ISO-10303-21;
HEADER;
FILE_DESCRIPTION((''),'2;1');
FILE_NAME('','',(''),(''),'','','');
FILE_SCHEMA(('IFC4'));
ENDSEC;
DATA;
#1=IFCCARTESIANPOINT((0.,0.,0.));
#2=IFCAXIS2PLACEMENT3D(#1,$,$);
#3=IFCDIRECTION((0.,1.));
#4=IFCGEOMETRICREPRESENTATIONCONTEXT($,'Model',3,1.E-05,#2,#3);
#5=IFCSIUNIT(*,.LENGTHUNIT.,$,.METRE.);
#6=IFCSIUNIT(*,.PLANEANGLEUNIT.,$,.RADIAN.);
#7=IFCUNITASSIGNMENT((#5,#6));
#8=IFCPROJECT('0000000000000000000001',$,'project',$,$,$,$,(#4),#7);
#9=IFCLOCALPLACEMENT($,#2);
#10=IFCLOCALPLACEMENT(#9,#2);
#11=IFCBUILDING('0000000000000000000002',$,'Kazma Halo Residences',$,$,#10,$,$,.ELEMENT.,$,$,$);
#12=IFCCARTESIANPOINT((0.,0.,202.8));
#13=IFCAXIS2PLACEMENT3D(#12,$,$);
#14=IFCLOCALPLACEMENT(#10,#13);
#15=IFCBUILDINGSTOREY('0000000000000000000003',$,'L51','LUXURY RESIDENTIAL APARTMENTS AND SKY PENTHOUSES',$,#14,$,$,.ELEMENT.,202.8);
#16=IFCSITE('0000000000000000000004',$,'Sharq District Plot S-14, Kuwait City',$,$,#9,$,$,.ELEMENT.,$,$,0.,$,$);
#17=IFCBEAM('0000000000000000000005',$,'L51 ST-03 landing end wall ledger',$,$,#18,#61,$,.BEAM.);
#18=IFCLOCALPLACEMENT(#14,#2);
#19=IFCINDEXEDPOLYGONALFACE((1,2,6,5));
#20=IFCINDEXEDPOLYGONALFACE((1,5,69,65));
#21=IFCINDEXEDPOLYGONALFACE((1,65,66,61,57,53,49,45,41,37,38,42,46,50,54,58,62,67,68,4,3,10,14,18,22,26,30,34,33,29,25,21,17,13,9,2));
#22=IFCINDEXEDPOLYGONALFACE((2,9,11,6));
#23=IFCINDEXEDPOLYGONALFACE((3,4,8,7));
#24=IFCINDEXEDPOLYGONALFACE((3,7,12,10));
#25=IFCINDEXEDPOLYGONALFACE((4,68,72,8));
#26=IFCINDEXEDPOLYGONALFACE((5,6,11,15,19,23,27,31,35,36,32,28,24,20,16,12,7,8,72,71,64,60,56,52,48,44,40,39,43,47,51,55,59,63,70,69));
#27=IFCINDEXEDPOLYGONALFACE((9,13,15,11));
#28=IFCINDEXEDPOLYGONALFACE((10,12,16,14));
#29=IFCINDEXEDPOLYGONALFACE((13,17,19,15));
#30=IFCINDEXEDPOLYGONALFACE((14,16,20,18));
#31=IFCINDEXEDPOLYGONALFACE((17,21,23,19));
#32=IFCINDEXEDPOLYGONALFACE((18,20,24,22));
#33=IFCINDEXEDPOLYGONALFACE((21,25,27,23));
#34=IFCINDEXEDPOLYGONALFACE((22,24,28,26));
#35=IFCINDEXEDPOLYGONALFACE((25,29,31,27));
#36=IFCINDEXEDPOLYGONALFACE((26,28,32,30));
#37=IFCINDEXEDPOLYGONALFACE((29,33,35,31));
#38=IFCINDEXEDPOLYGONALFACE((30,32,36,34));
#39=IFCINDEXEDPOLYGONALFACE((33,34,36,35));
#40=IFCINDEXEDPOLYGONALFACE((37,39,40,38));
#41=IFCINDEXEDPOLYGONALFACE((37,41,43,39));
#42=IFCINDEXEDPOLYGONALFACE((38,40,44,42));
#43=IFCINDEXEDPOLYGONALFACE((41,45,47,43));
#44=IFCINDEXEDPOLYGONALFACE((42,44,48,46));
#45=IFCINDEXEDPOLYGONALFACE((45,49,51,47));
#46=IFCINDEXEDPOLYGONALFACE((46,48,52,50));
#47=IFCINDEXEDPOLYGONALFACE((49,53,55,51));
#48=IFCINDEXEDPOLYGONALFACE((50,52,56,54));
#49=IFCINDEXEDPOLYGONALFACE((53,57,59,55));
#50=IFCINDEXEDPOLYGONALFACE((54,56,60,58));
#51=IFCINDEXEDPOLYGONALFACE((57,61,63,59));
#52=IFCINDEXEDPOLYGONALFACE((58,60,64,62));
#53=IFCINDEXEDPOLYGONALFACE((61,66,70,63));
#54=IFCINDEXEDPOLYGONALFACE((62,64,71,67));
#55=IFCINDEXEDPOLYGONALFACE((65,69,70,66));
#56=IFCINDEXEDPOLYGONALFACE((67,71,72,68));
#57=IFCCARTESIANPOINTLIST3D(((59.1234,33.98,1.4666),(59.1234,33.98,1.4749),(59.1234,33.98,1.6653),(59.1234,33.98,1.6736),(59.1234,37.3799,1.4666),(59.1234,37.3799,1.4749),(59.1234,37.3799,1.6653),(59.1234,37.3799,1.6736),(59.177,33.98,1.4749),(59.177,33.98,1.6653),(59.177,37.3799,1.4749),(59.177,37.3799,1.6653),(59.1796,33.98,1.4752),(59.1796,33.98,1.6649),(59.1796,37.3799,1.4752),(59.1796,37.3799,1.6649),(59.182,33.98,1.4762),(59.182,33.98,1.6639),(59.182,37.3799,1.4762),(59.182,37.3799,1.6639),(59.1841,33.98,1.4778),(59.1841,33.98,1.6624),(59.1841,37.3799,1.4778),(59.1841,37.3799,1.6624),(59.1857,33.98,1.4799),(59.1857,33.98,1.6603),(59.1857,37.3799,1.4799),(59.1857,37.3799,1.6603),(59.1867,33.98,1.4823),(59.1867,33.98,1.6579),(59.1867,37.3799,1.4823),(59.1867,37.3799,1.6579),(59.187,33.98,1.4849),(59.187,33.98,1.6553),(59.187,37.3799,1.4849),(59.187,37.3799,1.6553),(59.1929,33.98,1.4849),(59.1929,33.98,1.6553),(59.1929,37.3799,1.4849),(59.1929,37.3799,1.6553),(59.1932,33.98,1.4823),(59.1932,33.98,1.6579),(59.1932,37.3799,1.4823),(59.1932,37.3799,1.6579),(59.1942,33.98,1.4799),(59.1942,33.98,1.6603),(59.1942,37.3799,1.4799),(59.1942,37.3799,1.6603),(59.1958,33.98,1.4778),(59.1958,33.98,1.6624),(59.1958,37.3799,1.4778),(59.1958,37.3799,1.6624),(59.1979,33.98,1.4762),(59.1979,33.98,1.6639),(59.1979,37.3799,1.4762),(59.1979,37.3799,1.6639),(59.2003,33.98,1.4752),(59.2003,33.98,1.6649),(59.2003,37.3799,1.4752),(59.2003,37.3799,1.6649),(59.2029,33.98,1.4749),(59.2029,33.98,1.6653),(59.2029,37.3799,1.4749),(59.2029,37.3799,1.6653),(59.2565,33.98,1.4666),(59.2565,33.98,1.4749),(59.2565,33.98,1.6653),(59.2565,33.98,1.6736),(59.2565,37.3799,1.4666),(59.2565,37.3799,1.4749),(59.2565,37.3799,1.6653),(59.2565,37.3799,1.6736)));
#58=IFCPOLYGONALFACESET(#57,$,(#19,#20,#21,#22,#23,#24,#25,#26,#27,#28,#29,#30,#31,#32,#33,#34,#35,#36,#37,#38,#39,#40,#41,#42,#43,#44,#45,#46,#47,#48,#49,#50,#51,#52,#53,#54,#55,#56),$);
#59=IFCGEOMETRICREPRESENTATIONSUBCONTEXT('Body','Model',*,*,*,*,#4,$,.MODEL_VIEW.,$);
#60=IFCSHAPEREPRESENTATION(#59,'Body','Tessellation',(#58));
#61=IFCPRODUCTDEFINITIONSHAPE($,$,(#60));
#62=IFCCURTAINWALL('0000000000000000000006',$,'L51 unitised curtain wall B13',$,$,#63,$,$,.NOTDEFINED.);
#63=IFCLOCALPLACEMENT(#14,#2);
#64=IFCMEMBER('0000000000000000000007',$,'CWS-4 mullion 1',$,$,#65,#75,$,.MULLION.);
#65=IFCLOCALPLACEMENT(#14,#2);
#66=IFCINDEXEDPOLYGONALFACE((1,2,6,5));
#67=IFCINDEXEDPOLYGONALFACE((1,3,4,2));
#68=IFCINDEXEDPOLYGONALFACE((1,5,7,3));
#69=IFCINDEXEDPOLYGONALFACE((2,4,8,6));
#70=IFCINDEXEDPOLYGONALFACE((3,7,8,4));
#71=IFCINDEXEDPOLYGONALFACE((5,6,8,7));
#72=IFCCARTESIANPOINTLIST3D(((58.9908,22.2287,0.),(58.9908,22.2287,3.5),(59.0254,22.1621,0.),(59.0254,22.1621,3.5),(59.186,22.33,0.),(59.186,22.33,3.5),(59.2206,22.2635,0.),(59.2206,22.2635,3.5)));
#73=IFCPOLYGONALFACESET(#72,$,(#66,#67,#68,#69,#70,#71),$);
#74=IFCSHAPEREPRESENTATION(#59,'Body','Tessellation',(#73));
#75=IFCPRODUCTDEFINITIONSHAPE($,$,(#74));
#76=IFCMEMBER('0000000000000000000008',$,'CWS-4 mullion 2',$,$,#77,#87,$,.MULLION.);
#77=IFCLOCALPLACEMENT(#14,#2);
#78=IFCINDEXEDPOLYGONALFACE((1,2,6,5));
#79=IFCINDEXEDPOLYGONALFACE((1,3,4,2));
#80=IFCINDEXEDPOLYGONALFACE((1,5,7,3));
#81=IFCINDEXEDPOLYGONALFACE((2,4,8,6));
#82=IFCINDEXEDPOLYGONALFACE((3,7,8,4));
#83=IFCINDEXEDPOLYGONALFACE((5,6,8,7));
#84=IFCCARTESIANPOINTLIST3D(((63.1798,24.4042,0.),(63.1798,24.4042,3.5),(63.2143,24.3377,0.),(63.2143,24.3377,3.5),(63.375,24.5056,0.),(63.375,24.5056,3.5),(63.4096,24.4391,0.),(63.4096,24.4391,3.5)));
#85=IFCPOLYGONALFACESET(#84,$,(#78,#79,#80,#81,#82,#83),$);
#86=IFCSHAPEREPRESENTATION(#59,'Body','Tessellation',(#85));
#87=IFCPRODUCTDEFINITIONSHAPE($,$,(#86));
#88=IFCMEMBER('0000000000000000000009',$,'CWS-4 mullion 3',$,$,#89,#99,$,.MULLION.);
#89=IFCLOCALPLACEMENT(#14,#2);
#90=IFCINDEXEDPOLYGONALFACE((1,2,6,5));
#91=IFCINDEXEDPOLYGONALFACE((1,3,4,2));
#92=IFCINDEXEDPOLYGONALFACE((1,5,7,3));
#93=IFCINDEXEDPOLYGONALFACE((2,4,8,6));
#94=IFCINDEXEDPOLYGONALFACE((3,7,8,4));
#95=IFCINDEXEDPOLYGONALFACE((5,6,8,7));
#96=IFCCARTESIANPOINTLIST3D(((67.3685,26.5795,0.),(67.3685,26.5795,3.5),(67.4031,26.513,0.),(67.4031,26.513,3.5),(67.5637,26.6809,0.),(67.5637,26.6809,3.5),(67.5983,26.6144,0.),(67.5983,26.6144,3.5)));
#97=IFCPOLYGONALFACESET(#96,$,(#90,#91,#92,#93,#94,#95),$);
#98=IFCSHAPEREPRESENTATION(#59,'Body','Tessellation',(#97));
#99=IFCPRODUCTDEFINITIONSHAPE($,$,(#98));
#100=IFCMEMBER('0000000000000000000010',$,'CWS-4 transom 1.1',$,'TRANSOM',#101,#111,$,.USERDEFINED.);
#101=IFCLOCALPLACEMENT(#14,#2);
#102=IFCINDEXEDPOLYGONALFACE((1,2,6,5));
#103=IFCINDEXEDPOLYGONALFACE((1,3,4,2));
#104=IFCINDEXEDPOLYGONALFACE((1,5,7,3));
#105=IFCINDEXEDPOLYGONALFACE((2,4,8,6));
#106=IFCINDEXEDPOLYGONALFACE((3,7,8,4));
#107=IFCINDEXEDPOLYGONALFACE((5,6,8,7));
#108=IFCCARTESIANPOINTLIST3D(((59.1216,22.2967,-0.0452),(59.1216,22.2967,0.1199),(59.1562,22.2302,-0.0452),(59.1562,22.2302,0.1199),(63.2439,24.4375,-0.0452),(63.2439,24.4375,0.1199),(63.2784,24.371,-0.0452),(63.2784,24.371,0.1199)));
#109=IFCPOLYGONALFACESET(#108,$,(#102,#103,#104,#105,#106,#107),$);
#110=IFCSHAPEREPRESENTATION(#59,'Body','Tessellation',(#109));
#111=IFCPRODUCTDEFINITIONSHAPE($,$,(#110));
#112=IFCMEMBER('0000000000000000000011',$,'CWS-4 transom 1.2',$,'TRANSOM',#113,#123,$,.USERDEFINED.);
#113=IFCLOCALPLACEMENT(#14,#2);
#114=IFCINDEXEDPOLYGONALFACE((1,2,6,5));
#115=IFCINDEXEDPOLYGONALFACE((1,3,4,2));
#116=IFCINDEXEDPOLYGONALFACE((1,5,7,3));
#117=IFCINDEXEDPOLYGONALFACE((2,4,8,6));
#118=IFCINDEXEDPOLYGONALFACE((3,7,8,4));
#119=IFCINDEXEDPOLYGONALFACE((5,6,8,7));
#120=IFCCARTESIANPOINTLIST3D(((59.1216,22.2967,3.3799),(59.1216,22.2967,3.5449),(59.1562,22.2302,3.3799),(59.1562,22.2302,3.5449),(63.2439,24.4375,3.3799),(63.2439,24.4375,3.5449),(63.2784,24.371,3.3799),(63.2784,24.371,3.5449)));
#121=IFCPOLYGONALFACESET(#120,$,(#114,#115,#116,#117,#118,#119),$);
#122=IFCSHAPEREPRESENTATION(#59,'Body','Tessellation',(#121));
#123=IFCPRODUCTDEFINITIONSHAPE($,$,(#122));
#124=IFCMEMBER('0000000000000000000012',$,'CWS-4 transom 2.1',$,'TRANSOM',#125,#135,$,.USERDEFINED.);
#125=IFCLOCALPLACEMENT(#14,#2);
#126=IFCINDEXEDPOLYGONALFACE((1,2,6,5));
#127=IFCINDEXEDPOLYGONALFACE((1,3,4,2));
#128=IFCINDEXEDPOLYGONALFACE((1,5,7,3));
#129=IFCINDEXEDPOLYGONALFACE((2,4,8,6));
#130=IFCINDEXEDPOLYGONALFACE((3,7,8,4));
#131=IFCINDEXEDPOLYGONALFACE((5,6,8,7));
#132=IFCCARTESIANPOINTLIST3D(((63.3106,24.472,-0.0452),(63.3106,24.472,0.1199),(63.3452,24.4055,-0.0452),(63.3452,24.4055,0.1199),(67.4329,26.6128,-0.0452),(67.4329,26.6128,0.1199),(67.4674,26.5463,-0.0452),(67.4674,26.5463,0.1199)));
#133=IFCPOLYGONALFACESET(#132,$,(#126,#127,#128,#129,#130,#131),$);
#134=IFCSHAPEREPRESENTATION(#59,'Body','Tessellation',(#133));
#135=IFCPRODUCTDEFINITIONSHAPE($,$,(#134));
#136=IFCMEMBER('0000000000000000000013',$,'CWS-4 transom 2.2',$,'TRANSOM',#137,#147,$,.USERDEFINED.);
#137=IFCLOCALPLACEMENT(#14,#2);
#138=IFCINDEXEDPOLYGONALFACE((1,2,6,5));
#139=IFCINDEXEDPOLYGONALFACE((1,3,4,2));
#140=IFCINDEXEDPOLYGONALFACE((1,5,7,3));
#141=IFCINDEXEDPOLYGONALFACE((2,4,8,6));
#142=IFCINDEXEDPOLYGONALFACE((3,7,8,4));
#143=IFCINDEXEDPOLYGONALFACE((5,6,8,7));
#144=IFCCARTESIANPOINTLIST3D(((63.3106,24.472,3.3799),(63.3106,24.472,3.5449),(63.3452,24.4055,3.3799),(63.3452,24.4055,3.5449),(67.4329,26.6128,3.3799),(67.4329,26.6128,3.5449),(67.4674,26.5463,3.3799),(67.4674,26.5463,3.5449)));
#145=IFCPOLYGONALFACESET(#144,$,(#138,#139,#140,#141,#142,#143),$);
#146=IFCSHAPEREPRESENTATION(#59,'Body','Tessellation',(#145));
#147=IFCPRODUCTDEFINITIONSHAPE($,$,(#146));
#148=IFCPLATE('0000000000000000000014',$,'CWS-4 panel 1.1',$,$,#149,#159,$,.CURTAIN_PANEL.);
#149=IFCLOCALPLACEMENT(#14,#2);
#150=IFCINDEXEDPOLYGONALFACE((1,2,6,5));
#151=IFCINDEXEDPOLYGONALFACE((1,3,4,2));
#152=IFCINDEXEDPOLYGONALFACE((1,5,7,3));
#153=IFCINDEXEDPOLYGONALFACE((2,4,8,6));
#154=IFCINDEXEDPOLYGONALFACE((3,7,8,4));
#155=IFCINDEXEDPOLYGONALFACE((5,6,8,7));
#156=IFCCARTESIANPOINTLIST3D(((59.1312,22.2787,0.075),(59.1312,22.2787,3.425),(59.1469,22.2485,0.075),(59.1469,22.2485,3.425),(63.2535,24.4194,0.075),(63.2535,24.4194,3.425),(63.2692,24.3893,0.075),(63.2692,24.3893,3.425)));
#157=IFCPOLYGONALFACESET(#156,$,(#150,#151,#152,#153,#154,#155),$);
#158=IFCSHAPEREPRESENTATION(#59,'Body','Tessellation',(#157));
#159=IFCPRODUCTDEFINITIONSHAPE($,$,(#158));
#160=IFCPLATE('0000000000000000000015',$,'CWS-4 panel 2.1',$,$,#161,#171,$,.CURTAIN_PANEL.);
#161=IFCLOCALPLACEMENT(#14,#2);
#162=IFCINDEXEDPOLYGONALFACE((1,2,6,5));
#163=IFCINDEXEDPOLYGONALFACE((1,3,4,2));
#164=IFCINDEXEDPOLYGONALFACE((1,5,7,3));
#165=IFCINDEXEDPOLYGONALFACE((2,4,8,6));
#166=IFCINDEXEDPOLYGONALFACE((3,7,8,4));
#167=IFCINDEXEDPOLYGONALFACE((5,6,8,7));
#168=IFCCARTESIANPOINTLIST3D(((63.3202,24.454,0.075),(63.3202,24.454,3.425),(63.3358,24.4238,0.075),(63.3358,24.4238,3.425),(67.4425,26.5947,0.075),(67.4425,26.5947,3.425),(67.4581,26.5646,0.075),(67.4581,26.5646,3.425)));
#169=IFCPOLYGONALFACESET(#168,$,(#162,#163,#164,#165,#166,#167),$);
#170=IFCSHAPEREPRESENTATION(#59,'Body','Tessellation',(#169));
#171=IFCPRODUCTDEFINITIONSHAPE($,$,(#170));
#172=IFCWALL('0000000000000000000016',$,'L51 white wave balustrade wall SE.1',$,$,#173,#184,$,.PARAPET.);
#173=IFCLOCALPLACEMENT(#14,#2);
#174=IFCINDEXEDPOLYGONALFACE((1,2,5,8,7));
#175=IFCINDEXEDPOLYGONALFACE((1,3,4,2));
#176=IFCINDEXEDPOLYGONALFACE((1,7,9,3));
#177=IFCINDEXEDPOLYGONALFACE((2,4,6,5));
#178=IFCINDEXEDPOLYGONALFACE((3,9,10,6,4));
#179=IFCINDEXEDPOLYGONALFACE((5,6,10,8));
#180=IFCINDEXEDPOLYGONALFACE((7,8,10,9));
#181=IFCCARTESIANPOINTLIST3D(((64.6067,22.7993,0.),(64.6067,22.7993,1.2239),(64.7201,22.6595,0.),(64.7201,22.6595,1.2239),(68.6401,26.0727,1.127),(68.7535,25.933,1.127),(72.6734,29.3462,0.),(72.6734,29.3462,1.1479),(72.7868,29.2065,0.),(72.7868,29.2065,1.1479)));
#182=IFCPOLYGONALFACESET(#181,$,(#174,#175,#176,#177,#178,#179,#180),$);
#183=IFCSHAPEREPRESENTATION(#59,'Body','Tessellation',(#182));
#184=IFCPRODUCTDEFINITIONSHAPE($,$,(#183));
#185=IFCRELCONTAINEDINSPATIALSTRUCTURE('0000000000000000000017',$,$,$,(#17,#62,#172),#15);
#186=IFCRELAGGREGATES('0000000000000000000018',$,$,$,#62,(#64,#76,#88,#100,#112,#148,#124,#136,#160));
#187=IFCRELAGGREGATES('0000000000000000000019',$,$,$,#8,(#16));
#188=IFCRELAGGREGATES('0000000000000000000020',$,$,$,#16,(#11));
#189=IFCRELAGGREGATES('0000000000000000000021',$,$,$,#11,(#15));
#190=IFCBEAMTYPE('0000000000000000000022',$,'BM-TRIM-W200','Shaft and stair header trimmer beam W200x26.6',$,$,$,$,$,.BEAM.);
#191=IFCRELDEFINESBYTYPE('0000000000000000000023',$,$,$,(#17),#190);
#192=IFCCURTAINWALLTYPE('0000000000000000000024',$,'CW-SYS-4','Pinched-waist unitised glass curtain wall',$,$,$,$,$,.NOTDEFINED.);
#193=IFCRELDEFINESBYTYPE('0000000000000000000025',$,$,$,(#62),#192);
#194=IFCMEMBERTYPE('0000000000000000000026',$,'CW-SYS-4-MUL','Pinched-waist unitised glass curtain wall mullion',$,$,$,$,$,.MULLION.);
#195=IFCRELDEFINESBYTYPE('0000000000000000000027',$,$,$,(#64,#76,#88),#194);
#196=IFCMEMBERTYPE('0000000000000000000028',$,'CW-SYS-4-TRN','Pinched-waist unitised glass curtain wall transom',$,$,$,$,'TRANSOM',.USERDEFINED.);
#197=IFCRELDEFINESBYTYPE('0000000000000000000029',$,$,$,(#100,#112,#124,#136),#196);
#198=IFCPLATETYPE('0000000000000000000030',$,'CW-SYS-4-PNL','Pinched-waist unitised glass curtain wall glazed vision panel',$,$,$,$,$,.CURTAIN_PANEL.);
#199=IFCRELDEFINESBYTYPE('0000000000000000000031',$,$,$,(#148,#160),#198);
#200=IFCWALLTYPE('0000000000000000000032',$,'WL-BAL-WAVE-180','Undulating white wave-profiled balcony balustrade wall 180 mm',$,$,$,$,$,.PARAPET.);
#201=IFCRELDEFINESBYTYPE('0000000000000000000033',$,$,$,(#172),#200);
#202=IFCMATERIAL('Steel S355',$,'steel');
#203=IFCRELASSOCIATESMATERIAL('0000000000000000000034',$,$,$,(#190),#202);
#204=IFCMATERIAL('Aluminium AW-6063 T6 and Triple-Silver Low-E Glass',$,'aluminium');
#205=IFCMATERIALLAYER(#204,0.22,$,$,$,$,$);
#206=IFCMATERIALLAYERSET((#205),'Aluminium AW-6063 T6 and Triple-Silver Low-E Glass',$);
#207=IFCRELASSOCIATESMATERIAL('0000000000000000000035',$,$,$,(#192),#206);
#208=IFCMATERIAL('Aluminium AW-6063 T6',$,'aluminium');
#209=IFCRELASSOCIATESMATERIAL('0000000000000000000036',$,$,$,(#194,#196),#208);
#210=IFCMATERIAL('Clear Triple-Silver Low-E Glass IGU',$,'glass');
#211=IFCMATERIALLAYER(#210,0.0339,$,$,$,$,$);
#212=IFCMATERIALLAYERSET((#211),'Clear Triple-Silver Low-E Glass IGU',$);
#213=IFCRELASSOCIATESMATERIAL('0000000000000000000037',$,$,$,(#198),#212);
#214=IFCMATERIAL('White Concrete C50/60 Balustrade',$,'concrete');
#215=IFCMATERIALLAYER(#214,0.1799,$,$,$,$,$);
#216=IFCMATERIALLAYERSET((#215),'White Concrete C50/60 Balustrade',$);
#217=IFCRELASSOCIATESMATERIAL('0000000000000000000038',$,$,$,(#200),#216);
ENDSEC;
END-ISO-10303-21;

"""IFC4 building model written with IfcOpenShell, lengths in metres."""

from ifc_helpers import new_model, si_unit, direction, frame, origin, origin_2d, place, context, subcontext, project, spatial, polyline, rectangle, i_section, outline, extrude, material, layer, layer_set, material_profile, profile_set, type_object, element, aggregate, save


model = new_model("IFC4")

# Units and contexts
model_context = context("Model", 3, precision=1e-05, world=origin(), true_north=direction((0.0, 1.0)))
body_context = subcontext(model_context, "Body", "Model", "MODEL_VIEW")
ifc_project = project(units=[si_unit("LENGTHUNIT", "METRE"), si_unit("PLANEANGLEUNIT", "RADIAN")], contexts=[model_context])

# Site, building, storey
site_placement = place(None, origin())
site = spatial("IfcSite", under=ifc_project, at=site_placement, Name="Sharq District Plot S-14, Kuwait City", CompositionType="ELEMENT", RefElevation=0.0)
building_placement = place(site_placement, origin())
building = spatial("IfcBuilding", under=site, at=building_placement, Name="Kazma Halo Residences", CompositionType="ELEMENT")
storey_placement = place(building_placement, frame((0.0, 0.0, 202.8)))
storey = spatial("IfcBuildingStorey", under=building, at=storey_placement, Name="L51", Description="LUXURY RESIDENTIAL APARTMENTS AND SKY PENTHOUSES", CompositionType="ELEMENT", Elevation=202.8)

# Beam
ifc_material_1 = material(Name="Steel S355", Category="steel")
ifc_material_profile_1 = material_profile(ifc_material_1, i_section(OverallWidth=0.1331, OverallDepth=0.207, WebThickness=0.0059, FlangeThickness=0.0083, FilletRadius=0.01, at=origin_2d()), Name="W200x26.6")
ifc_profile_set_1 = profile_set([ifc_material_profile_1], Name="Steel S355")
beam_type_1 = type_object("IfcBeamType", Name="BM-TRIM-W200", Description="Shaft and stair header trimmer beam W200x26.6", PredefinedType="BEAM", material=ifc_profile_set_1)
beam_1_placement = place(storey_placement, frame((59.1899, 33.98, 1.5701), z_axis=(0.0, 1.0, 0.0), x_axis=(-1.0, 0.0, 0.0)))
element("IfcBeam", 1, at=beam_1_placement, inside=storey, type_object=beam_type_1, Name="L51 ST-03 landing end wall ledger", PredefinedType="BEAM", context=body_context, shape_type="SweptSolid", body=[
    extrude(i_section(OverallWidth=0.1331, OverallDepth=0.207, WebThickness=0.0059, FlangeThickness=0.0083, FilletRadius=0.01, at=origin_2d()), origin(), (0.0, 0.0, 1.0), 3.3999),
])

# Curtain wall, members, plates
ifc_material_2 = material(Name="Aluminium AW-6063 T6 and Triple-Silver Low-E Glass", Category="aluminium")
ifc_layer_1 = layer(ifc_material_2, 0.22)
ifc_layer_set_1 = layer_set([ifc_layer_1], Name="Aluminium AW-6063 T6 and Triple-Silver Low-E Glass")
curtain_wall_type = type_object("IfcCurtainWallType", Name="CW-SYS-4", Description="Pinched-waist unitised glass curtain wall", PredefinedType="NOTDEFINED", material=ifc_layer_set_1)
curtain_wall_placement = place(storey_placement, origin())
curtain_wall = element("IfcCurtainWall", 2, at=curtain_wall_placement, inside=storey, type_object=curtain_wall_type, Name="L51 unitised curtain wall B13", PredefinedType="NOTDEFINED")
ifc_material_3 = material(Name="Aluminium AW-6063 T6", Category="aluminium")
ifc_material_profile_2 = material_profile(ifc_material_3, rectangle(XDim=0.075, YDim=0.22, at=origin_2d()), Name="CWM-75x220")
ifc_profile_set_2 = profile_set([ifc_material_profile_2], Name="Aluminium AW-6063 T6")
member_type_1 = type_object("IfcMemberType", Name="CW-SYS-4-MUL", Description="Pinched-waist unitised glass curtain wall mullion", PredefinedType="MULLION", material=ifc_profile_set_2)
member_1_placement = place(storey_placement, frame((59.1057, 22.2461, 0.0), z_axis=(0.0, 0.0, 1.0), x_axis=(-0.460874, 0.887466, 0.0)))
member_1 = element("IfcMember", 3, at=member_1_placement, type_object=member_type_1, Name="CWS-4 mullion 1", PredefinedType="MULLION", context=body_context, shape_type="SweptSolid", body=[
    extrude(rectangle(XDim=0.075, YDim=0.22, at=origin_2d()), origin(), (0.0, 0.0, 1.0), 3.5),
])
member_2_placement = place(storey_placement, frame((63.2947, 24.4216, 0.0), z_axis=(0.0, 0.0, 1.0), x_axis=(-0.460874, 0.887466, 0.0)))
member_2 = element("IfcMember", 4, at=member_2_placement, type_object=member_type_1, Name="CWS-4 mullion 2", PredefinedType="MULLION", context=body_context, shape_type="SweptSolid", body=[
    extrude(rectangle(XDim=0.075, YDim=0.22, at=origin_2d()), origin(), (0.0, 0.0, 1.0), 3.5),
])
member_3_placement = place(storey_placement, frame((67.4834, 26.5969, 0.0), z_axis=(0.0, 0.0, 1.0), x_axis=(-0.460874, 0.887466, 0.0)))
member_3 = element("IfcMember", 5, at=member_3_placement, type_object=member_type_1, Name="CWS-4 mullion 3", PredefinedType="MULLION", context=body_context, shape_type="SweptSolid", body=[
    extrude(rectangle(XDim=0.075, YDim=0.22, at=origin_2d()), origin(), (0.0, 0.0, 1.0), 3.5),
])
ifc_material_profile_3 = material_profile(ifc_material_3, rectangle(XDim=0.075, YDim=0.165, at=origin_2d()), Name="CWT-75x165")
ifc_profile_set_3 = profile_set([ifc_material_profile_3], Name="Aluminium AW-6063 T6")
member_type_2 = type_object("IfcMemberType", Name="CW-SYS-4-TRN", Description="Pinched-waist unitised glass curtain wall transom", ElementType="TRANSOM", PredefinedType="USERDEFINED", material=ifc_profile_set_3)
member_4_placement = place(storey_placement, frame((59.1389, 22.2634, 0.0374), z_axis=(0.887458, 0.460889, 0.0), x_axis=(-0.460889, 0.887458, 0.0)))
member_4 = element("IfcMember", 6, at=member_4_placement, type_object=member_type_2, Name="CWS-4 transom 1.1", ObjectType="TRANSOM", PredefinedType="USERDEFINED", context=body_context, shape_type="SweptSolid", body=[
    extrude(rectangle(XDim=0.075, YDim=0.165, at=origin_2d()), origin(), (0.0, 0.0, 1.0), 4.645),
])
member_5_placement = place(storey_placement, frame((59.1389, 22.2634, 3.4624), z_axis=(0.887458, 0.460889, 0.0), x_axis=(-0.460889, 0.887458, 0.0)))
member_5 = element("IfcMember", 7, at=member_5_placement, type_object=member_type_2, Name="CWS-4 transom 1.2", ObjectType="TRANSOM", PredefinedType="USERDEFINED", context=body_context, shape_type="SweptSolid", body=[
    extrude(rectangle(XDim=0.075, YDim=0.165, at=origin_2d()), origin(), (0.0, 0.0, 1.0), 4.645),
])
member_6_placement = place(storey_placement, frame((63.3279, 24.4387, 0.0374), z_axis=(0.887458, 0.460889, 0.0), x_axis=(-0.460889, 0.887458, 0.0)))
member_6 = element("IfcMember", 8, at=member_6_placement, type_object=member_type_2, Name="CWS-4 transom 2.1", ObjectType="TRANSOM", PredefinedType="USERDEFINED", context=body_context, shape_type="SweptSolid", body=[
    extrude(rectangle(XDim=0.075, YDim=0.165, at=origin_2d()), origin(), (0.0, 0.0, 1.0), 4.645),
])
member_7_placement = place(storey_placement, frame((63.3279, 24.4387, 3.4624), z_axis=(0.887458, 0.460889, 0.0), x_axis=(-0.460889, 0.887458, 0.0)))
member_7 = element("IfcMember", 9, at=member_7_placement, type_object=member_type_2, Name="CWS-4 transom 2.2", ObjectType="TRANSOM", PredefinedType="USERDEFINED", context=body_context, shape_type="SweptSolid", body=[
    extrude(rectangle(XDim=0.075, YDim=0.165, at=origin_2d()), origin(), (0.0, 0.0, 1.0), 4.645),
])
ifc_material_4 = material(Name="Clear Triple-Silver Low-E Glass IGU", Category="glass")
ifc_layer_2 = layer(ifc_material_4, 0.0339)
ifc_layer_set_2 = layer_set([ifc_layer_2], Name="Clear Triple-Silver Low-E Glass IGU")
plate_type = type_object("IfcPlateType", Name="CW-SYS-4-PNL", Description="Pinched-waist unitised glass curtain wall glazed vision panel", PredefinedType="CURTAIN_PANEL", material=ifc_layer_set_2)
plate_1_placement = place(storey_placement, frame((61.2002, 23.334, 0.075), z_axis=(0.0, 0.0, 1.0), x_axis=(0.887466, 0.460874, 0.0)))
plate_1 = element("IfcPlate", 10, at=plate_1_placement, type_object=plate_type, Name="CWS-4 panel 1.1", PredefinedType="CURTAIN_PANEL", context=body_context, shape_type="SweptSolid", body=[
    extrude(rectangle(XDim=4.645, YDim=0.0339, at=origin_2d()), origin(), (0.0, 0.0, 1.0), 3.3501),
])
plate_2_placement = place(storey_placement, frame((65.3892, 25.5093, 0.075), z_axis=(0.0, 0.0, 1.0), x_axis=(0.887466, 0.460874, 0.0)))
plate_2 = element("IfcPlate", 11, at=plate_2_placement, type_object=plate_type, Name="CWS-4 panel 2.1", PredefinedType="CURTAIN_PANEL", context=body_context, shape_type="SweptSolid", body=[
    extrude(rectangle(XDim=4.645, YDim=0.0339, at=origin_2d()), origin(), (0.0, 0.0, 1.0), 3.3501),
])
aggregate(curtain_wall, [member_1, member_2, member_3, member_4, member_5, plate_1, member_6, member_7, plate_2])

# Wall
ifc_material_5 = material(Name="White Concrete C50/60 Balustrade", Category="concrete")
ifc_layer_3 = layer(ifc_material_5, 0.1799)
ifc_layer_set_3 = layer_set([ifc_layer_3], Name="White Concrete C50/60 Balustrade")
wall_type_1 = type_object("IfcWallType", Name="WL-BAL-WAVE-180", Description="Undulating white wave-profiled balcony balustrade wall 180 mm", PredefinedType="PARAPET", material=ifc_layer_set_3)
wall_1_placement = place(storey_placement, frame((64.6633, 22.7295, 0.0), z_axis=(0.0, 0.0, 1.0), x_axis=(0.776457, 0.630171, 0.0)))
element("IfcWall", 12, at=wall_1_placement, inside=storey, type_object=wall_type_1, Name="L51 white wave balustrade wall SE.1", PredefinedType="PARAPET", context=body_context, shape_type="SweptSolid", body=[
    extrude(outline(polyline([(0.0, 0.0), (10.3892, 0.0), (10.3892, 1.1479), (5.1946, 1.127), (0.0, 1.2239), (0.0, 0.0)])), frame((0.0, 0.0898, 0.0), z_axis=(0.0, -1.0, 0.0), x_axis=(1.0, 0.0, 0.0)), (0.0, 0.0, 1.0), 0.1799),
])

save(model, "model.ifc")
